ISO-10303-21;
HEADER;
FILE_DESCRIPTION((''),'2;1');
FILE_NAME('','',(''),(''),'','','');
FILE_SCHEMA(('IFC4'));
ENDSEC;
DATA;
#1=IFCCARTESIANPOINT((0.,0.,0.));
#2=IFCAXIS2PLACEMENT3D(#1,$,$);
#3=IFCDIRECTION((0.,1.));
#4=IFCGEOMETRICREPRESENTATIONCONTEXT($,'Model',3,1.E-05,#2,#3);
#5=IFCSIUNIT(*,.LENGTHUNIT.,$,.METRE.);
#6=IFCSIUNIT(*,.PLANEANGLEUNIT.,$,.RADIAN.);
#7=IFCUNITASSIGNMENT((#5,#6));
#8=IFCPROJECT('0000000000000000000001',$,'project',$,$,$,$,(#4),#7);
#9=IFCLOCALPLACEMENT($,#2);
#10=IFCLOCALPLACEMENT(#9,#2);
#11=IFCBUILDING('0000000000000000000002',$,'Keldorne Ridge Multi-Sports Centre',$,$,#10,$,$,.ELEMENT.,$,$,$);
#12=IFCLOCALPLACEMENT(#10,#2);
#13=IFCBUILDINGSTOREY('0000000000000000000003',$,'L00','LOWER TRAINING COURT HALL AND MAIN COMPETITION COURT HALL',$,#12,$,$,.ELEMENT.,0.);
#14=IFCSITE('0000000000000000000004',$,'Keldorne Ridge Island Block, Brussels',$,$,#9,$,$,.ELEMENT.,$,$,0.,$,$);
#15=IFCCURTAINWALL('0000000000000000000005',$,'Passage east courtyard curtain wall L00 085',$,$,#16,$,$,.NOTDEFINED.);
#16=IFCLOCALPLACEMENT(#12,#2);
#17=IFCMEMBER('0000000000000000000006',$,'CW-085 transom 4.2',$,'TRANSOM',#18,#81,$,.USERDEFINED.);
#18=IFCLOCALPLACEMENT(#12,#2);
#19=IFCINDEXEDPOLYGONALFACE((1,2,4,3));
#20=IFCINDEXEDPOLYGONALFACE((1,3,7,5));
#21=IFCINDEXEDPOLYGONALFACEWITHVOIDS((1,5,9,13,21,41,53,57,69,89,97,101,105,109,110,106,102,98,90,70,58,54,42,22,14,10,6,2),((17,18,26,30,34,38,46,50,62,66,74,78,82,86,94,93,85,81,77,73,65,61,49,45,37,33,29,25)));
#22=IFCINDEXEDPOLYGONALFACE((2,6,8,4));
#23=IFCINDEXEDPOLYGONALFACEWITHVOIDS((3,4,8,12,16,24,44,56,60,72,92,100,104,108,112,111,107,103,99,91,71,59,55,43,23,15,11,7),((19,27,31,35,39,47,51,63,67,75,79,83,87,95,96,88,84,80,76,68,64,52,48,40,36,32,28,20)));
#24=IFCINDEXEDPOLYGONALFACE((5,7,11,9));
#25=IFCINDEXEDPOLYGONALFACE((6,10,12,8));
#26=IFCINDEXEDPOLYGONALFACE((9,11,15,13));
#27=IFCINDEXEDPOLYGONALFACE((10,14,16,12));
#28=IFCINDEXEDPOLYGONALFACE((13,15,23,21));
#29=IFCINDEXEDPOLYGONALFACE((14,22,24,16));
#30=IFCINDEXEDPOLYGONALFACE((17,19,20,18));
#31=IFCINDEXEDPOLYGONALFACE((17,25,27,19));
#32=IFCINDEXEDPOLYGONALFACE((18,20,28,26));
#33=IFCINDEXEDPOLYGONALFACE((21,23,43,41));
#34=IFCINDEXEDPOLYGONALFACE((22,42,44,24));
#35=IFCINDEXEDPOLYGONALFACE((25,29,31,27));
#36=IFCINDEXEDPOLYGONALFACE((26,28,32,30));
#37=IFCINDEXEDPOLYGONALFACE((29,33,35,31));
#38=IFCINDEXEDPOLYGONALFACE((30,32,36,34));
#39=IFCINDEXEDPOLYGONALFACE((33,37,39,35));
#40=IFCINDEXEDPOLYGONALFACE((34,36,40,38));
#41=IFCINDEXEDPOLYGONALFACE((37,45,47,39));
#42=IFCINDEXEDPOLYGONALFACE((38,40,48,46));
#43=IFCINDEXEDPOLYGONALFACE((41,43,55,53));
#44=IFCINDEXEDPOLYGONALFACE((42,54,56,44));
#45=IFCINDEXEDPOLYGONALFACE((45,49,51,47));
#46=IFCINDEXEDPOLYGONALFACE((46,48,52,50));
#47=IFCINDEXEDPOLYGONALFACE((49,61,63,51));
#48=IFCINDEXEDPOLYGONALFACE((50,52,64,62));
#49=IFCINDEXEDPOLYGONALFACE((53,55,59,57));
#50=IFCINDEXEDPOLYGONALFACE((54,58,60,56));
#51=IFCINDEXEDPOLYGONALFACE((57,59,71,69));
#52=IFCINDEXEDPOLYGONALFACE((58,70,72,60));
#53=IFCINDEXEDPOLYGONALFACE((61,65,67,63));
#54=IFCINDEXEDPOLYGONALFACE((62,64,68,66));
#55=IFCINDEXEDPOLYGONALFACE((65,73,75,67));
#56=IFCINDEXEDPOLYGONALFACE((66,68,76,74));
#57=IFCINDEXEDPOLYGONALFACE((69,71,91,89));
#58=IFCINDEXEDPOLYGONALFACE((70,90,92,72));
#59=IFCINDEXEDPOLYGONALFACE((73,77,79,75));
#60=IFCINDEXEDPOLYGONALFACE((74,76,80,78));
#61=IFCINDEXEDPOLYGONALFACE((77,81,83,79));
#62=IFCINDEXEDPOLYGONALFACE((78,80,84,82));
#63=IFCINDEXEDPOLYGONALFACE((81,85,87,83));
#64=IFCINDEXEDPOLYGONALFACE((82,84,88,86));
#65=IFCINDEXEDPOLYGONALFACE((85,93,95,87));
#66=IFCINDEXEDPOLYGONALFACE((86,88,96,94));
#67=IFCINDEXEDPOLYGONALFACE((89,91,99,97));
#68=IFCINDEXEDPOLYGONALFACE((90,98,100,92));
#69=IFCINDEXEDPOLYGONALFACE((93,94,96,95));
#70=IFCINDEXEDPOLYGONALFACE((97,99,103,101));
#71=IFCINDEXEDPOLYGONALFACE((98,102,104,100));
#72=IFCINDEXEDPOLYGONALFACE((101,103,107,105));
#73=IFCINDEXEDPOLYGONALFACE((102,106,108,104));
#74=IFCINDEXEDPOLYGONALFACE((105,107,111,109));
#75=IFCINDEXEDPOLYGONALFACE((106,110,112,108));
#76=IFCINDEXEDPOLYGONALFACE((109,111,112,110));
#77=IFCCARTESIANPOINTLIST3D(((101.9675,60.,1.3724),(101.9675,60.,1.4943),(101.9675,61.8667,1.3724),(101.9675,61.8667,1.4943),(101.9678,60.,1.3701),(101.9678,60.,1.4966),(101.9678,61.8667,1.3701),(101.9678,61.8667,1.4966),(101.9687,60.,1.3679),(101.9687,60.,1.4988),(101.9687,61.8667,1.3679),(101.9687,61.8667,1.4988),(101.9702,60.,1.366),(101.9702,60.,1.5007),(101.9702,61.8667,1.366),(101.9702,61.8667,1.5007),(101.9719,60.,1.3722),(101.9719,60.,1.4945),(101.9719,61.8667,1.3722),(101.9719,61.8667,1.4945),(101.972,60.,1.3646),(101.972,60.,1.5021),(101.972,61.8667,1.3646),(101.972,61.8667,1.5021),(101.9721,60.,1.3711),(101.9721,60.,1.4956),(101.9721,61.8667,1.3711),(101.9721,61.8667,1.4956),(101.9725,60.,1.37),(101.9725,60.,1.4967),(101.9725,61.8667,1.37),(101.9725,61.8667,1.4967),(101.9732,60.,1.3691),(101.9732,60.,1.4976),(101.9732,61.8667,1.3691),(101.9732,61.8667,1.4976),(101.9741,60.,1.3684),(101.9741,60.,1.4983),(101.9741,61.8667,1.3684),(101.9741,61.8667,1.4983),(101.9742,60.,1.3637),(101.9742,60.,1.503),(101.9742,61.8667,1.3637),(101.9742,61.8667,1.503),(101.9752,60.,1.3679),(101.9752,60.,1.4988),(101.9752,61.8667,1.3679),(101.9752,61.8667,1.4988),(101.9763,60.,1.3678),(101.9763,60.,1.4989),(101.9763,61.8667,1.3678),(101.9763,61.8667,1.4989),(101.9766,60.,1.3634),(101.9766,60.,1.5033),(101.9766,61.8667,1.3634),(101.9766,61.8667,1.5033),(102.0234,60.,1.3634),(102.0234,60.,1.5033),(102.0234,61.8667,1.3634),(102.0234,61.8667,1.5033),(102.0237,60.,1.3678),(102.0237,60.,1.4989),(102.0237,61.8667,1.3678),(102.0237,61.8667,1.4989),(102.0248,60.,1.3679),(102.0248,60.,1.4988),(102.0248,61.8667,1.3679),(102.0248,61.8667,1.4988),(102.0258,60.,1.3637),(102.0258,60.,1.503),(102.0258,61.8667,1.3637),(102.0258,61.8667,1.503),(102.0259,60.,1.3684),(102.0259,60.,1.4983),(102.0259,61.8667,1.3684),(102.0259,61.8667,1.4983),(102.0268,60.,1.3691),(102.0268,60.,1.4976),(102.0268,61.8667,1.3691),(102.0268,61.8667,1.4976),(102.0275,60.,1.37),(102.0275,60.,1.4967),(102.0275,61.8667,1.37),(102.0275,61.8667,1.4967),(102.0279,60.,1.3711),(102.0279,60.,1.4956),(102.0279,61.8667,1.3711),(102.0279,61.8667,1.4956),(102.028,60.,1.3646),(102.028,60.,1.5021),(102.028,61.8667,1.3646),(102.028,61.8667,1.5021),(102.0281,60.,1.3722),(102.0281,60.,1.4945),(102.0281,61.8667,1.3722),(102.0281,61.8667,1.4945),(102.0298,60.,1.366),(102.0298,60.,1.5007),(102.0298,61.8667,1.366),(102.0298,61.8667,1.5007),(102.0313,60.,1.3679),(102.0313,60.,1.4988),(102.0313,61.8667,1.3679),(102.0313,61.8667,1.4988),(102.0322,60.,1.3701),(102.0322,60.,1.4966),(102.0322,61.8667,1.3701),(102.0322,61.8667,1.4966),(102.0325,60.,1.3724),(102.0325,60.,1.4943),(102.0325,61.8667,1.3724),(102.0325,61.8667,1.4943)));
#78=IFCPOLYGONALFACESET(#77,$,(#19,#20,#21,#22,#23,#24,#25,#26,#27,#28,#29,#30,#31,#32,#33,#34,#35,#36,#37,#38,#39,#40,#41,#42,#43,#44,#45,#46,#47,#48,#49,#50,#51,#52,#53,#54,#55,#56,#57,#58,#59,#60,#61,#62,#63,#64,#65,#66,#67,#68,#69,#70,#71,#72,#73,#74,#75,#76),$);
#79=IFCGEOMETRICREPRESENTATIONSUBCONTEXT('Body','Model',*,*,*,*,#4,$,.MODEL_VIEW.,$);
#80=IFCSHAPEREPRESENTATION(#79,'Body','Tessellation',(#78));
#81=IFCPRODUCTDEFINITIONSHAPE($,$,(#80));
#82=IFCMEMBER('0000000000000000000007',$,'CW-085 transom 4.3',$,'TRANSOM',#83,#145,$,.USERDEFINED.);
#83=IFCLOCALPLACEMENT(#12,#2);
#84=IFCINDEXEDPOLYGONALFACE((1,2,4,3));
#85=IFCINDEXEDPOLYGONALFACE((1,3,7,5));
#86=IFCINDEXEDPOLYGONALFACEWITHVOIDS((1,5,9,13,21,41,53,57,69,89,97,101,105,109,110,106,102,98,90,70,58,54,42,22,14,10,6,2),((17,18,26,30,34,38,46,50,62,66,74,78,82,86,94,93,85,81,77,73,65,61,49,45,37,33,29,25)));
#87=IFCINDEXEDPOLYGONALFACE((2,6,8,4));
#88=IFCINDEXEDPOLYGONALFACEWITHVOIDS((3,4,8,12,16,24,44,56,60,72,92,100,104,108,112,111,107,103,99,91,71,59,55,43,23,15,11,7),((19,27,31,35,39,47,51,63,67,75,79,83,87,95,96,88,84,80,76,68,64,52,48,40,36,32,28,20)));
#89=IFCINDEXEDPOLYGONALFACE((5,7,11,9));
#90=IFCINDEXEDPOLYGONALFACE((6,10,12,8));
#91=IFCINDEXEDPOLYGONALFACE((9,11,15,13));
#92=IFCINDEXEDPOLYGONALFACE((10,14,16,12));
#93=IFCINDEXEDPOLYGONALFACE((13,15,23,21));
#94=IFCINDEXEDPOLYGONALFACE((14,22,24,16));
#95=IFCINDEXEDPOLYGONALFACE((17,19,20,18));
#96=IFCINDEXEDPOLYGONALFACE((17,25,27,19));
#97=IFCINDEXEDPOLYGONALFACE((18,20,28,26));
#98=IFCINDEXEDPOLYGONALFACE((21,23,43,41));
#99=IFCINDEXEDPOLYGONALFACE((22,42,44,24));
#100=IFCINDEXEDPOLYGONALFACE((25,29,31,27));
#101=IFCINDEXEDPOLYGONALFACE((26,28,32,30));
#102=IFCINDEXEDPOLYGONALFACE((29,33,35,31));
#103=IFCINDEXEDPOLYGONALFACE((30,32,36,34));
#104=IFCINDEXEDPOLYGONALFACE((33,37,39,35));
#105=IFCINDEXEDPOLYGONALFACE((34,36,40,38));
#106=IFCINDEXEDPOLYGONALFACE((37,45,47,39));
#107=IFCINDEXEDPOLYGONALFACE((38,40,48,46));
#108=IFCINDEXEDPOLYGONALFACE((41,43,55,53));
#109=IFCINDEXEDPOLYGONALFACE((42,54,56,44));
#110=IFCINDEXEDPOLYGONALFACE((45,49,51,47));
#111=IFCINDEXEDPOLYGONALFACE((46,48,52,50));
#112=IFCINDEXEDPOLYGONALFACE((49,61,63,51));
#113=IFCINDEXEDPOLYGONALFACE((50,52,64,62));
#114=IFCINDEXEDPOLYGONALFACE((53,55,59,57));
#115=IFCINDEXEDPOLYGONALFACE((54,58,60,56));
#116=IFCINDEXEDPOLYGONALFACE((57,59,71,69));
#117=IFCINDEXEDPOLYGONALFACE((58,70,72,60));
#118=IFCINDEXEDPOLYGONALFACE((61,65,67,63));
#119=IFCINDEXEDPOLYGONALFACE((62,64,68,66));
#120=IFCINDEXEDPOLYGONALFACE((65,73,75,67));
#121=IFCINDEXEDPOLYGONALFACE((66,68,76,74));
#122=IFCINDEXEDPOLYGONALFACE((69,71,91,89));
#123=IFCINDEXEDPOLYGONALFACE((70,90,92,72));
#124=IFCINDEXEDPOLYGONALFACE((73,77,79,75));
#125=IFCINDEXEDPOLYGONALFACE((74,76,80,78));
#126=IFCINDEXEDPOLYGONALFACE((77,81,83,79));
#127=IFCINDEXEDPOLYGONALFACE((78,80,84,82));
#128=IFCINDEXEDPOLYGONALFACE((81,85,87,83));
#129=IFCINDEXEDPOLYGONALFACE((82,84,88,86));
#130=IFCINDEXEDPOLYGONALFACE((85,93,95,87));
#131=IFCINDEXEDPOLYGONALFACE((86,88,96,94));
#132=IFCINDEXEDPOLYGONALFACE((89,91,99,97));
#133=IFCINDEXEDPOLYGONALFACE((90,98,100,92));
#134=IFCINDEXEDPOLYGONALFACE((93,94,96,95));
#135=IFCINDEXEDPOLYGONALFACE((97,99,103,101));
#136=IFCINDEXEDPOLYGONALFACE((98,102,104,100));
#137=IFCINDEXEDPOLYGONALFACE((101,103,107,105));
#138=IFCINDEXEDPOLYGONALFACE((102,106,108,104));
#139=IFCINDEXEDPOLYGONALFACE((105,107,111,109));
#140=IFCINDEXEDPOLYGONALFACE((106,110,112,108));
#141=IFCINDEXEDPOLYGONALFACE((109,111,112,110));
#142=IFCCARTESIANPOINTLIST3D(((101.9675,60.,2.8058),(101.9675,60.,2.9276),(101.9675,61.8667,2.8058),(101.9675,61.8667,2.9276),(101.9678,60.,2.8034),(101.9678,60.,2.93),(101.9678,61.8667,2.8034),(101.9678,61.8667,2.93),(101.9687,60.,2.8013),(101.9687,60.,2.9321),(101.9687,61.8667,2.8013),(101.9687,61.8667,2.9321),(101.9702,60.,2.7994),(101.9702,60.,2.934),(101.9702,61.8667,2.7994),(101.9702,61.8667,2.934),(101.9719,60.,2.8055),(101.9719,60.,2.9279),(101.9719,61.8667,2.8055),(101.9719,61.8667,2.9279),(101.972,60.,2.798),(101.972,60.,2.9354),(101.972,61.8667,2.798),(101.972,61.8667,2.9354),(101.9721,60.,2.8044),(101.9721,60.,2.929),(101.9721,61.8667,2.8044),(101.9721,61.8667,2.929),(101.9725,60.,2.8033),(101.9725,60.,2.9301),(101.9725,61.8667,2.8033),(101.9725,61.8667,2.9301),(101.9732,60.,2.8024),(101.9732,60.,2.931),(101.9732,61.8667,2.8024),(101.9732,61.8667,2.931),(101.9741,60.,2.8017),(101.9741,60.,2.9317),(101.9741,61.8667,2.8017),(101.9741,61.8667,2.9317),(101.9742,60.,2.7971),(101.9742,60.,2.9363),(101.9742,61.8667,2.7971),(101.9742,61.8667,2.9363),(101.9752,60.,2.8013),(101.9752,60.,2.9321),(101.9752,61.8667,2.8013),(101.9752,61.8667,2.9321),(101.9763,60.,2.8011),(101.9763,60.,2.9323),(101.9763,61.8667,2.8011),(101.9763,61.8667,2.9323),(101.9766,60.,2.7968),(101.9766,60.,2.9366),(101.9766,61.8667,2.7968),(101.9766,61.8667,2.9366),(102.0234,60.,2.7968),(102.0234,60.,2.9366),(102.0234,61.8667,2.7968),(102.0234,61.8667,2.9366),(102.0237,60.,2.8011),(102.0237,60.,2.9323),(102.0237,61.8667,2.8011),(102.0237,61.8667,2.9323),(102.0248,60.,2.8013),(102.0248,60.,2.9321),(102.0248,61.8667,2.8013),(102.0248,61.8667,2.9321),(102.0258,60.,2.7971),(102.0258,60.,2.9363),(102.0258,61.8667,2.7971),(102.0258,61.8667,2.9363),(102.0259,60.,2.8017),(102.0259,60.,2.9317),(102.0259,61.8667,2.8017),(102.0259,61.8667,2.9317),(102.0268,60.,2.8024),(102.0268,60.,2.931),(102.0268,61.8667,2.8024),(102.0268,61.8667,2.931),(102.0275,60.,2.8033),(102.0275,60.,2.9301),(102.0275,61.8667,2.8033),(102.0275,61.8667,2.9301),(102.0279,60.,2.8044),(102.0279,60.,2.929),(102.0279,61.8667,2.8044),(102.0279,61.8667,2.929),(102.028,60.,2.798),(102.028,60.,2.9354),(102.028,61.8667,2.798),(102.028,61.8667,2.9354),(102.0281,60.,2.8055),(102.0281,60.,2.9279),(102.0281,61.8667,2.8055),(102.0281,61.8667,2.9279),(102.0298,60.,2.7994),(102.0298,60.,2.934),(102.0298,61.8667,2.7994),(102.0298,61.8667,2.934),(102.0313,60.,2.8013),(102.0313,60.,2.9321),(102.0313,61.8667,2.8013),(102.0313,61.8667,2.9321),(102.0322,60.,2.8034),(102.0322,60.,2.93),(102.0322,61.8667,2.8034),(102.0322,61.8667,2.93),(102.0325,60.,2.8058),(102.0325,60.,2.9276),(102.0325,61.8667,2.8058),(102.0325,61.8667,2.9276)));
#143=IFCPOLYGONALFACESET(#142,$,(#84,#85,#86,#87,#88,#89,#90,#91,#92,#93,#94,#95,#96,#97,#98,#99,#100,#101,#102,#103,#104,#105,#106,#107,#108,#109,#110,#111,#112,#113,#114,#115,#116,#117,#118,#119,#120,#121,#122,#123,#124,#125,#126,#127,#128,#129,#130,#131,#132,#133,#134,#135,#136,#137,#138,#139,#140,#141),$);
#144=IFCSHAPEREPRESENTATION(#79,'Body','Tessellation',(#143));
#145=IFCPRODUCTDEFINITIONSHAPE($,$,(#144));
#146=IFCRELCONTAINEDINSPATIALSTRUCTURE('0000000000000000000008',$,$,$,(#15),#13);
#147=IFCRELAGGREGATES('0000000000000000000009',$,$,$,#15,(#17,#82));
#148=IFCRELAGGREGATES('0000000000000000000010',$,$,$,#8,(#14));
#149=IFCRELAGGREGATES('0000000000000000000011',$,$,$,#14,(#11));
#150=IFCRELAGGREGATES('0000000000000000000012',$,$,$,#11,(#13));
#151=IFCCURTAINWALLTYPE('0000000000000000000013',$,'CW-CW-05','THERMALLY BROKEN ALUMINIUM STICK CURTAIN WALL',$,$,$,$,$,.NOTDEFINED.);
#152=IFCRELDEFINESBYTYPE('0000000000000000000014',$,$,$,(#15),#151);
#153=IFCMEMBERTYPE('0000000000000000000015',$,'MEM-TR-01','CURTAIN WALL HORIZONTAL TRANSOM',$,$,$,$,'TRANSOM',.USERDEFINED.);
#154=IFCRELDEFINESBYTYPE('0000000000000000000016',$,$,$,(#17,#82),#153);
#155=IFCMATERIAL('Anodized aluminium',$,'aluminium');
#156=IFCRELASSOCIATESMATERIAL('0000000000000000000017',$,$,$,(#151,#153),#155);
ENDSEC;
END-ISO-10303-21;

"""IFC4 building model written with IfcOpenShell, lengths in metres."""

from ifc_helpers import new_model, si_unit, direction, frame, origin, origin_2d, place, context, subcontext, project, spatial, hollow_rectangle, extrude, material, material_profile, profile_set, type_object, element, aggregate, save


model = new_model("IFC4")

# Units and contexts
model_context = context("Model", 3, precision=1e-05, world=origin(), true_north=direction((0.0, 1.0)))
body_context = subcontext(model_context, "Body", "Model", "MODEL_VIEW")
ifc_project = project(units=[si_unit("LENGTHUNIT", "METRE"), si_unit("PLANEANGLEUNIT", "RADIAN")], contexts=[model_context])

# Site, building, storey
site_placement = place(None, origin())
site = spatial("IfcSite", under=ifc_project, at=site_placement, Name="Keldorne Ridge Island Block, Brussels", CompositionType="ELEMENT", RefElevation=0.0)
building_placement = place(site_placement, origin())
building = spatial("IfcBuilding", under=site, at=building_placement, Name="Keldorne Ridge Multi-Sports Centre", CompositionType="ELEMENT")
storey_placement = place(building_placement, origin())
storey = spatial("IfcBuildingStorey", under=building, at=storey_placement, Name="L00", Description="LOWER TRAINING COURT HALL AND MAIN COMPETITION COURT HALL", CompositionType="ELEMENT", Elevation=0.0)

# Curtain wall, members
ifc_material_1 = material(Name="Anodized aluminium", Category="aluminium")
curtain_wall_type = type_object("IfcCurtainWallType", Name="CW-CW-05", Description="THERMALLY BROKEN ALUMINIUM STICK CURTAIN WALL", PredefinedType="NOTDEFINED", material=ifc_material_1)
curtain_wall_placement = place(storey_placement, origin())
curtain_wall = element("IfcCurtainWall", 1, at=curtain_wall_placement, inside=storey, type_object=curtain_wall_type, Name="Passage east courtyard curtain wall L00 085", PredefinedType="NOTDEFINED")
ifc_material_profile_1 = material_profile(ifc_material_1, hollow_rectangle(XDim=0.0649, YDim=0.1399, WallThickness=0.0044, InnerFilletRadius=0.0044, OuterFilletRadius=0.009, at=origin_2d()), Name="ALU TRANSOM 140x65x4.5")
ifc_profile_set_1 = profile_set([ifc_material_profile_1], Name="Anodized aluminium")
member_type_1 = type_object("IfcMemberType", Name="MEM-TR-01", Description="CURTAIN WALL HORIZONTAL TRANSOM", ElementType="TRANSOM", PredefinedType="USERDEFINED", material=ifc_profile_set_1)
member_1_placement = place(storey_placement, frame((102.0, 60.0, 1.4333), z_axis=(0.0, 1.0, 0.0), x_axis=(-1.0, 0.0, 0.0)))
member_1 = element("IfcMember", 2, at=member_1_placement, type_object=member_type_1, Name="CW-085 transom 4.2", ObjectType="TRANSOM", PredefinedType="USERDEFINED", context=body_context, shape_type="SweptSolid", body=[
    extrude(hollow_rectangle(XDim=0.0649, YDim=0.1399, WallThickness=0.0044, InnerFilletRadius=0.0044, OuterFilletRadius=0.009, at=origin_2d()), origin(), (0.0, 0.0, 1.0), 1.8667),
])
member_2_placement = place(storey_placement, frame((102.0, 60.0, 2.8667), z_axis=(0.0, 1.0, 0.0), x_axis=(-1.0, 0.0, 0.0)))
member_2 = element("IfcMember", 3, at=member_2_placement, type_object=member_type_1, Name="CW-085 transom 4.3", ObjectType="TRANSOM", PredefinedType="USERDEFINED", context=body_context, shape_type="SweptSolid", body=[
    extrude(hollow_rectangle(XDim=0.0649, YDim=0.1399, WallThickness=0.0044, InnerFilletRadius=0.0044, OuterFilletRadius=0.009, at=origin_2d()), origin(), (0.0, 0.0, 1.0), 1.8667),
])
aggregate(curtain_wall, [member_1, member_2])

save(model, "model.ifc")
